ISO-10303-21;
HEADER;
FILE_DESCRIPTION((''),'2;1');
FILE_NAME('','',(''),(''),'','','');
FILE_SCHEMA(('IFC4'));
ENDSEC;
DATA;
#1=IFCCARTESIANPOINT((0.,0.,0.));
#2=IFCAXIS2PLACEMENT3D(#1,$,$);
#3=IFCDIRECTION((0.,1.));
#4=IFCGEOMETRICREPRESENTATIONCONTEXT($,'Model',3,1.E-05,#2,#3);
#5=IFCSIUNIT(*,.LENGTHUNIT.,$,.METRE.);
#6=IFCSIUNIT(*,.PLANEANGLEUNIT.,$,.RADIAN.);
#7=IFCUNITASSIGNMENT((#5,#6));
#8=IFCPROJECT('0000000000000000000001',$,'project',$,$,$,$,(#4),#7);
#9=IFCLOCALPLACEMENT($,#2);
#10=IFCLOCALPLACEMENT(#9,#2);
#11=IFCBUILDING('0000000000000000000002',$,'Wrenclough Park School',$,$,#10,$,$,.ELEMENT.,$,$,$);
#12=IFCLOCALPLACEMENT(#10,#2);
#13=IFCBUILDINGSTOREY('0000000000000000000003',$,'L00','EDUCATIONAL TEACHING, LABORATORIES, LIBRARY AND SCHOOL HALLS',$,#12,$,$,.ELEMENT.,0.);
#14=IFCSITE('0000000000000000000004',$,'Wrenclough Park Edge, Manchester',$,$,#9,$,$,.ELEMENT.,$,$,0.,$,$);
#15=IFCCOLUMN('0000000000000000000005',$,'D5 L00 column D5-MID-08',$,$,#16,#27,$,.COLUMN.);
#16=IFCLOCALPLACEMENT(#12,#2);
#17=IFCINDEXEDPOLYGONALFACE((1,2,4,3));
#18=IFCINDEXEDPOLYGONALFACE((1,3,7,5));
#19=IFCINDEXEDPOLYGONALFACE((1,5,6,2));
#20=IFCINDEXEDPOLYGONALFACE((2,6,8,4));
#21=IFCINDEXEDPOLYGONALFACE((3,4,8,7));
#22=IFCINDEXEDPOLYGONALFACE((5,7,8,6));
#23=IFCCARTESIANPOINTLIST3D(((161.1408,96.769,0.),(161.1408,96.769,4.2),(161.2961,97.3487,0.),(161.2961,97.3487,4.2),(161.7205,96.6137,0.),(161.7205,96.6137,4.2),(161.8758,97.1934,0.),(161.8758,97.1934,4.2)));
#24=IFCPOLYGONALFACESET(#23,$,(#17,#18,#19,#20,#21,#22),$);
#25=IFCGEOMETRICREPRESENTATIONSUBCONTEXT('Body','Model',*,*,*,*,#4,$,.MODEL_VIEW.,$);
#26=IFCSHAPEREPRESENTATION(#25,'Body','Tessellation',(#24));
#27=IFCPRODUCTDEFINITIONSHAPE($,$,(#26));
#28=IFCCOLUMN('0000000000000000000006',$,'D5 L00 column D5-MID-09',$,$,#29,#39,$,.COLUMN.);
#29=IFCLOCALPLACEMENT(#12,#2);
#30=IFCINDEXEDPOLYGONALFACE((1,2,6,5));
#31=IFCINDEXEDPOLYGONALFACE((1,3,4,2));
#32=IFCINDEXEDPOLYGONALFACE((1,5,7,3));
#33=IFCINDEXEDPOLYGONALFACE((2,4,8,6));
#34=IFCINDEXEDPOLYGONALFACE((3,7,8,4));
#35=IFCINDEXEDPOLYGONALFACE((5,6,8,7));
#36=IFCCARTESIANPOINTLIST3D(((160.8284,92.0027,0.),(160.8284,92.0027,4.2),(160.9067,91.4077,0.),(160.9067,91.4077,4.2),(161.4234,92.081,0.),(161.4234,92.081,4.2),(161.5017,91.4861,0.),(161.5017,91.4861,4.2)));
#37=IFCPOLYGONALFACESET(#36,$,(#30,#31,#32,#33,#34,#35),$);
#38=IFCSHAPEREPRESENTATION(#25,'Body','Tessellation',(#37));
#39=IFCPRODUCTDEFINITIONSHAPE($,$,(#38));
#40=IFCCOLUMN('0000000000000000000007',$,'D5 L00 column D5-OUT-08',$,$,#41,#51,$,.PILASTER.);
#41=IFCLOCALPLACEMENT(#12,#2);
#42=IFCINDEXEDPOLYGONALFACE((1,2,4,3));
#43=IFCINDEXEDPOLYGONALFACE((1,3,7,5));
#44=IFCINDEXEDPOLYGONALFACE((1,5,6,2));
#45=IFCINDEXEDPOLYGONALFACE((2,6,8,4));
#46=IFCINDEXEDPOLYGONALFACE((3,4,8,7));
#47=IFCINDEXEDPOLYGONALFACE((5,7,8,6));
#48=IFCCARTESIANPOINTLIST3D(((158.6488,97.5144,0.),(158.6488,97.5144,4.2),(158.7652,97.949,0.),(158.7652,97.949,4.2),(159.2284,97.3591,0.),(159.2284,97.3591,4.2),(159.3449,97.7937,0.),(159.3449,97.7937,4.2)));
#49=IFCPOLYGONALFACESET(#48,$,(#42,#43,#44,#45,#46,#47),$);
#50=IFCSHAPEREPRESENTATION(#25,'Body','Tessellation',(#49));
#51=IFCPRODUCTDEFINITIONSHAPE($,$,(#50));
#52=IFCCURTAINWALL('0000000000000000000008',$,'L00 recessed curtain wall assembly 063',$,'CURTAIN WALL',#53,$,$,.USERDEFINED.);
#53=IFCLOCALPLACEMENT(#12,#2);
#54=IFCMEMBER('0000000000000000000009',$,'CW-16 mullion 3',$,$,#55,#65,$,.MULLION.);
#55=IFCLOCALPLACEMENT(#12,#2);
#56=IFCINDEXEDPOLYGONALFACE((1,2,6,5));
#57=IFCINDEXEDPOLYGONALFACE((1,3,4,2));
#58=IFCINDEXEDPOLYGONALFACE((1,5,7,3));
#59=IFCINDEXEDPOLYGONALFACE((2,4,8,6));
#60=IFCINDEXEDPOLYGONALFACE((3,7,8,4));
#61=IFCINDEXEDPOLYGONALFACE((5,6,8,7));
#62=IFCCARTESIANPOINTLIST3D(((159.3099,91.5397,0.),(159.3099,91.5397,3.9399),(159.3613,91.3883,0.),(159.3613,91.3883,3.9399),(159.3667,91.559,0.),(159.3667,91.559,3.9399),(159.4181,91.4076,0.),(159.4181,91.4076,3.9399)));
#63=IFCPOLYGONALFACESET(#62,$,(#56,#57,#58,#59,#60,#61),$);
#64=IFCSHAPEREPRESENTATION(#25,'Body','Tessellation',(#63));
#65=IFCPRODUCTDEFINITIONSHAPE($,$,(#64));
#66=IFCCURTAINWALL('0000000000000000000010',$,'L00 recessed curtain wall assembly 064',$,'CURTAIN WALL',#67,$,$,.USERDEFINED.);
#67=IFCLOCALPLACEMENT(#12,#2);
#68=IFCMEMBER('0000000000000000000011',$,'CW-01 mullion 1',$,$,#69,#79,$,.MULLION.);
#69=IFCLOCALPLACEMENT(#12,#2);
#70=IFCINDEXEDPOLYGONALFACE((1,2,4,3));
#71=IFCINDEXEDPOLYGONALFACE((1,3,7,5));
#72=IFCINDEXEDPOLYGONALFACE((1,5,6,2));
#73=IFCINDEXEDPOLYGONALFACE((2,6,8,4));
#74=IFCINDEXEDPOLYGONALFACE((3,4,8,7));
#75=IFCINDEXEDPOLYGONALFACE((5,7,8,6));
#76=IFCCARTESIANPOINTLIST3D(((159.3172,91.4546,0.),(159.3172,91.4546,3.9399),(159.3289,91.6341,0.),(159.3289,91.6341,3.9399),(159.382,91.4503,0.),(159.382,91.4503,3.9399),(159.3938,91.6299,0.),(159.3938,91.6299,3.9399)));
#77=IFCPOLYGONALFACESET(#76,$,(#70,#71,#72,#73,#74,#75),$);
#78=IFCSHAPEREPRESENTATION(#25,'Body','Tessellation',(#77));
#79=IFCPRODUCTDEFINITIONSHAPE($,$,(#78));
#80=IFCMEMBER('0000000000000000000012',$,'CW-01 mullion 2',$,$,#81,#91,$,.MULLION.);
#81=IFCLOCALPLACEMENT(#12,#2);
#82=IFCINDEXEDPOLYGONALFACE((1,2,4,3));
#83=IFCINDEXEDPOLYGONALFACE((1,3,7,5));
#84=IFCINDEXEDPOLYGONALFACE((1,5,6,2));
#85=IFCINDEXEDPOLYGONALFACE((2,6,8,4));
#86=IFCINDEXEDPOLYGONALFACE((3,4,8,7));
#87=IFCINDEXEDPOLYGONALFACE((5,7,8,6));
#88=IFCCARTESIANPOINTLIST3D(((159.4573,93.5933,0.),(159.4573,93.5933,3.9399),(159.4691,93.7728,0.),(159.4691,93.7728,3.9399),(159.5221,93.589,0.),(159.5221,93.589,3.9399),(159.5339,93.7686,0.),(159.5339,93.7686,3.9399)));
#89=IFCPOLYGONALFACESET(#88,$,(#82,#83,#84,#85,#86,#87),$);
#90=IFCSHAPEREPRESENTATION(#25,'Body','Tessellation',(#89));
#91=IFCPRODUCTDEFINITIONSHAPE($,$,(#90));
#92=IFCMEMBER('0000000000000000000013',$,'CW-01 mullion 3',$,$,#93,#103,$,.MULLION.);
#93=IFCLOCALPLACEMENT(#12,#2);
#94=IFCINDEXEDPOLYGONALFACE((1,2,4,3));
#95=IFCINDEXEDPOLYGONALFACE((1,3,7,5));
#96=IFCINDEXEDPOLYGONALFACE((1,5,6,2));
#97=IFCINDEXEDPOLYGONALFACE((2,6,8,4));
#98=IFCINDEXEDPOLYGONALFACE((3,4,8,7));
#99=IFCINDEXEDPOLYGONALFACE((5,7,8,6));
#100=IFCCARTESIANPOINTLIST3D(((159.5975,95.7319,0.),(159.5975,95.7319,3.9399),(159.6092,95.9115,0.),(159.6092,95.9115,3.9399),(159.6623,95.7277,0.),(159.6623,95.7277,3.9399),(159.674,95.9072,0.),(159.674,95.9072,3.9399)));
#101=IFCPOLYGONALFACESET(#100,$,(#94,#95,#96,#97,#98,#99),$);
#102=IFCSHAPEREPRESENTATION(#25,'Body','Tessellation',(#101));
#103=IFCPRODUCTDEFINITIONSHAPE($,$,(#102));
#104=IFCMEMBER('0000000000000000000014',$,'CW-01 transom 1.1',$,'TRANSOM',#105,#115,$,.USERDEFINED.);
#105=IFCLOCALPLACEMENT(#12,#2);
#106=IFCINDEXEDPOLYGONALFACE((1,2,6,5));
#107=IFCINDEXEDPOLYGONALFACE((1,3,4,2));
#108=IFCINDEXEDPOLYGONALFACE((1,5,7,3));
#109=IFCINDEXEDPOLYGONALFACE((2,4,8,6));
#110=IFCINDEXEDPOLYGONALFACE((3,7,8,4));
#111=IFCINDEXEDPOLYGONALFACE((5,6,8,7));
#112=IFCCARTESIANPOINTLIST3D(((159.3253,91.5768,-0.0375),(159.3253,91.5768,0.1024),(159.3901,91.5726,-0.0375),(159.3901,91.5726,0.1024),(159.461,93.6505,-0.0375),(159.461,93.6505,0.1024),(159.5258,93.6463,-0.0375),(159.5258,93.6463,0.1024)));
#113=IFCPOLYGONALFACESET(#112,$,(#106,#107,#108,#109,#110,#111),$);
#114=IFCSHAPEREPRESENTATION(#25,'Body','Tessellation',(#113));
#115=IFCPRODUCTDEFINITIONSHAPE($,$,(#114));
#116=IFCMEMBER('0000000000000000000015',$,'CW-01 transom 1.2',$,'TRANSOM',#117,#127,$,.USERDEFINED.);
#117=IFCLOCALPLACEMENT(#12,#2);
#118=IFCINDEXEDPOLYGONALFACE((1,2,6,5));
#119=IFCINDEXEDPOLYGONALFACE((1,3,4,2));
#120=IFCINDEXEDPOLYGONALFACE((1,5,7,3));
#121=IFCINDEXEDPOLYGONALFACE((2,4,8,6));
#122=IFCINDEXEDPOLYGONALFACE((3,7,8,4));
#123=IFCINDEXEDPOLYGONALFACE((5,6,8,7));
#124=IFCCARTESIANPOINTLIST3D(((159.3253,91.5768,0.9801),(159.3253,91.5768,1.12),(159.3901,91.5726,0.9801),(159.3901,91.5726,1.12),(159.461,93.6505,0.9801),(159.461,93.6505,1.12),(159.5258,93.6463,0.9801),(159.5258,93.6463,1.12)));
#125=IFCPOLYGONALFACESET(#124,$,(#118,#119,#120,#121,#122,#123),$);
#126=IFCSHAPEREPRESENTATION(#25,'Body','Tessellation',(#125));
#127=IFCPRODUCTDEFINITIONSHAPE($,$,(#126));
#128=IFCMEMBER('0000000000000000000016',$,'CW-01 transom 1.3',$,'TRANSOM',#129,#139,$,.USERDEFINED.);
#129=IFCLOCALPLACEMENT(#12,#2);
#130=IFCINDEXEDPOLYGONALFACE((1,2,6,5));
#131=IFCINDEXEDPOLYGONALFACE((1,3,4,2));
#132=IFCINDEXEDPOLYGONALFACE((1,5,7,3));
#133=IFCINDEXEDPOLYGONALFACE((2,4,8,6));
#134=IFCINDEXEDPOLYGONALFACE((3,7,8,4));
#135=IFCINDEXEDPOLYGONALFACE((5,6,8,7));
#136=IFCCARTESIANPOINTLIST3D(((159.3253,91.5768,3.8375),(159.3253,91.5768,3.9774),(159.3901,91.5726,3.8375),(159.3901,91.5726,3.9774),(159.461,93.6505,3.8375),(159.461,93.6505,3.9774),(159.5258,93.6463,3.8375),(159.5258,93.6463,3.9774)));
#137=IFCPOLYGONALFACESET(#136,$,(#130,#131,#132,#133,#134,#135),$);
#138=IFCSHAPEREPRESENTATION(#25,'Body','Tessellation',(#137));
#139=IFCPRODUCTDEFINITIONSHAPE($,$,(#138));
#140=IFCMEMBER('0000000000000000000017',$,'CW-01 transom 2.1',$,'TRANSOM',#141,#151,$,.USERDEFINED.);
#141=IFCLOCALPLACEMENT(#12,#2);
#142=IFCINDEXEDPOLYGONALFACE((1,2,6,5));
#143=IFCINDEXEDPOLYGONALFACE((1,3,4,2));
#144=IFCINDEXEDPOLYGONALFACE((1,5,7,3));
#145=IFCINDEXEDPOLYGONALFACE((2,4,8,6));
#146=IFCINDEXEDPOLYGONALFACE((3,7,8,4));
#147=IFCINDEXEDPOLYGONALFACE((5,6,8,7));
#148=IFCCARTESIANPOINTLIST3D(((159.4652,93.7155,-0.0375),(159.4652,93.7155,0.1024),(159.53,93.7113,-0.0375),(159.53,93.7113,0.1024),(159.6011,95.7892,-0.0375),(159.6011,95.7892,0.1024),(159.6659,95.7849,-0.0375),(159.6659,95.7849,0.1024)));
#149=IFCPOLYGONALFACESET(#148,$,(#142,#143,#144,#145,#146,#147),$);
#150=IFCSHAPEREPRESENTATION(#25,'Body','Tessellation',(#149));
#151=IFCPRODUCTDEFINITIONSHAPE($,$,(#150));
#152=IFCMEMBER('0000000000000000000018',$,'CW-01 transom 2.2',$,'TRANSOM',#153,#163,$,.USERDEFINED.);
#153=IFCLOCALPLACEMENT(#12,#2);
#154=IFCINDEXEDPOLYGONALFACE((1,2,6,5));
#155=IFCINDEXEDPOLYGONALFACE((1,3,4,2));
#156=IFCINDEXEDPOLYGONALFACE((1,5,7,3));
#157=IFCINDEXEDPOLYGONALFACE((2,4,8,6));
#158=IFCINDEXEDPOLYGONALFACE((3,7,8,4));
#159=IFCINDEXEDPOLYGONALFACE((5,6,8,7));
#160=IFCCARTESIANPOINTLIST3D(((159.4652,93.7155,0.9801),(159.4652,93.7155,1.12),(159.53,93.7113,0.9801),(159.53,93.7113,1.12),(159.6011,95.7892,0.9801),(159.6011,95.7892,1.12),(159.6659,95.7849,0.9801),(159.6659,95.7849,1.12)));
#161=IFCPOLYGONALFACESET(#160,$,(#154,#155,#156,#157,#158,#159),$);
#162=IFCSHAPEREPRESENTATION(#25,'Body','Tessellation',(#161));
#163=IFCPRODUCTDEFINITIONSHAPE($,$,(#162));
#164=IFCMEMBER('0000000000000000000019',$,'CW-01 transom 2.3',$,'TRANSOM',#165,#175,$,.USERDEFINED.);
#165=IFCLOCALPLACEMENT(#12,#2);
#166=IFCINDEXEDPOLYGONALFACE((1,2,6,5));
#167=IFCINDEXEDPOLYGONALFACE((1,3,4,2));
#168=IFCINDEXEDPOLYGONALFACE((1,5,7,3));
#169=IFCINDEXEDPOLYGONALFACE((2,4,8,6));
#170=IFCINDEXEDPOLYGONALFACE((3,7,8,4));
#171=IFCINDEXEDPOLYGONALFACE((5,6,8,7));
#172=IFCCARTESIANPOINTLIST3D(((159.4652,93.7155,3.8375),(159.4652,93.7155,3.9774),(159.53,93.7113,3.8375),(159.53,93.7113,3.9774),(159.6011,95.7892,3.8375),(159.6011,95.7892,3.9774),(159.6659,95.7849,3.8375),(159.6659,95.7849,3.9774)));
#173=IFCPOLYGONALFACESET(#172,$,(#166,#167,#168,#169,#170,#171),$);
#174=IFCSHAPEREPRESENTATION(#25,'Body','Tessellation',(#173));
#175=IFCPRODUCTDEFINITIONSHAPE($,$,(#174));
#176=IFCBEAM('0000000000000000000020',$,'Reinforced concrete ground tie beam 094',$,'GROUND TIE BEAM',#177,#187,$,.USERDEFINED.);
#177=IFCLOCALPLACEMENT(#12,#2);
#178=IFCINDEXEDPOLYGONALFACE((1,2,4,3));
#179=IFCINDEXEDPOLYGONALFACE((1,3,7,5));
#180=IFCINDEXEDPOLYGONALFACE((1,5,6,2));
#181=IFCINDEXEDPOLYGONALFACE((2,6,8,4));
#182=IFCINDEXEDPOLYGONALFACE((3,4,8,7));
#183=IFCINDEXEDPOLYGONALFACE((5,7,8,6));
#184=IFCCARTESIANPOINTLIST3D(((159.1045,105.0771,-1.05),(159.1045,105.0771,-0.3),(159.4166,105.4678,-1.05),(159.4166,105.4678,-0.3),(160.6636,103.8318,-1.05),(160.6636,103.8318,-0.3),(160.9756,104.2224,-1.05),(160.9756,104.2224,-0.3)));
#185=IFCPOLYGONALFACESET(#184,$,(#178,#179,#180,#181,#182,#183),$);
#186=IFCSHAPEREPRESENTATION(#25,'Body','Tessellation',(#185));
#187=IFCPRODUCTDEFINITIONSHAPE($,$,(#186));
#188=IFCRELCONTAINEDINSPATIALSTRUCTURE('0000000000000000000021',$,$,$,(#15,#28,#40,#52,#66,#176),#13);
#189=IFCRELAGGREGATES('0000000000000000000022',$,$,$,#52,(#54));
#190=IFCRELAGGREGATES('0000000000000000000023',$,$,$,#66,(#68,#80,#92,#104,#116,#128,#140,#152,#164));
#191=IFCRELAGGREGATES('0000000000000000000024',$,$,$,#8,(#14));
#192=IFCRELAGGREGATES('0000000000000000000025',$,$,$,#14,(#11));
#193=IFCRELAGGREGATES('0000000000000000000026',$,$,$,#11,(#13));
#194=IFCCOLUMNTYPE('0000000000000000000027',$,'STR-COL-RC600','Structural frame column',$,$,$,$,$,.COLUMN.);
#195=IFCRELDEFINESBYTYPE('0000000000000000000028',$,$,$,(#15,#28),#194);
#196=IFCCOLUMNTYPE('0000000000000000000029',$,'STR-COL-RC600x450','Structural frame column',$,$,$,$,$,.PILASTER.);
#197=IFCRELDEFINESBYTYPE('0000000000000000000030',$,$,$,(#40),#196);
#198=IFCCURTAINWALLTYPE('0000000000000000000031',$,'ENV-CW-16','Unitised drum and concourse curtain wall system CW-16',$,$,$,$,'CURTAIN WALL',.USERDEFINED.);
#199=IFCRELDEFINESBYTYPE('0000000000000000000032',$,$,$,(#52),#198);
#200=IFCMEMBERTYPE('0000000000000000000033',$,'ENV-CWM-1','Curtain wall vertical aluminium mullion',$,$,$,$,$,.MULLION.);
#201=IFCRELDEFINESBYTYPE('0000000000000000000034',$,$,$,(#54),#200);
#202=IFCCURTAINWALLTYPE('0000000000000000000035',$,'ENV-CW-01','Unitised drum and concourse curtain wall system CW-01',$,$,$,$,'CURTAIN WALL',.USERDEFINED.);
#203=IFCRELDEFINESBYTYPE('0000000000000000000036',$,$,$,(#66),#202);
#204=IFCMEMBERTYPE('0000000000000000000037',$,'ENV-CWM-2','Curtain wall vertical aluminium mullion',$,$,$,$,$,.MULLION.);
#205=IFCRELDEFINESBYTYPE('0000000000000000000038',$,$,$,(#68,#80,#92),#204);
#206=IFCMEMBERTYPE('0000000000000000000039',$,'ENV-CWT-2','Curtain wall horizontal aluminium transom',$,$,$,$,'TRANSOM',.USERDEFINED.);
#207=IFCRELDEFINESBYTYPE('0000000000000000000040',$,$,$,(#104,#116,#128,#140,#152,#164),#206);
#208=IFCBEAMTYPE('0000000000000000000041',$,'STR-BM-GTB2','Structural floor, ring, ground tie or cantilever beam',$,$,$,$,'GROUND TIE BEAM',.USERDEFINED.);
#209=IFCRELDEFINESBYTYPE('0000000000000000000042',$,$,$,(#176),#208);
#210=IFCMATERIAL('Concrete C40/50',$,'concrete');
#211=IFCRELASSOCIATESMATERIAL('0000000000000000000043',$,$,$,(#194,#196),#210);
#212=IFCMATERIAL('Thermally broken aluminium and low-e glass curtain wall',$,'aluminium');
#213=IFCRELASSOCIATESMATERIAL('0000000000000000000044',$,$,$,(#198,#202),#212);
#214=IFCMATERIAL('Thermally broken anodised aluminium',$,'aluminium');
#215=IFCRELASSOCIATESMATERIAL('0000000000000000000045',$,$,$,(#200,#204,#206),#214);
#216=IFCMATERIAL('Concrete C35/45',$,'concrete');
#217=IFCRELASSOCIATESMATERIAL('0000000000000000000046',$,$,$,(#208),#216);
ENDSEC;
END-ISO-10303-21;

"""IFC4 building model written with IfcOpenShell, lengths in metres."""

from ifc_helpers import new_model, si_unit, direction, frame, origin, origin_2d, place, context, subcontext, project, spatial, rectangle, extrude, material, material_profile, profile_set, type_object, element, aggregate, save


model = new_model("IFC4")

# Units and contexts
model_context = context("Model", 3, precision=1e-05, world=origin(), true_north=direction((0.0, 1.0)))
body_context = subcontext(model_context, "Body", "Model", "MODEL_VIEW")
ifc_project = project(units=[si_unit("LENGTHUNIT", "METRE"), si_unit("PLANEANGLEUNIT", "RADIAN")], contexts=[model_context])

# Site, building, storey
site_placement = place(None, origin())
site = spatial("IfcSite", under=ifc_project, at=site_placement, Name="Wrenclough Park Edge, Manchester", CompositionType="ELEMENT", RefElevation=0.0)
building_placement = place(site_placement, origin())
building = spatial("IfcBuilding", under=site, at=building_placement, Name="Wrenclough Park School", CompositionType="ELEMENT")
storey_placement = place(building_placement, origin())
storey = spatial("IfcBuildingStorey", under=building, at=storey_placement, Name="L00", Description="EDUCATIONAL TEACHING, LABORATORIES, LIBRARY AND SCHOOL HALLS", CompositionType="ELEMENT", Elevation=0.0)

# Shared definitions
ifc_material_1 = material(Name="Concrete C35/45", Category="concrete")

# Columns
ifc_material_2 = material(Name="Concrete C40/50", Category="concrete")
ifc_material_profile_1 = material_profile(ifc_material_2, rectangle(XDim=0.6001, YDim=0.6001, at=origin_2d()), Name="RC COL 600x600")
ifc_profile_set_1 = profile_set([ifc_material_profile_1], Name="Concrete C40/50")
column_type_1 = type_object("IfcColumnType", Name="STR-COL-RC600", Description="Structural frame column", PredefinedType="COLUMN", material=ifc_profile_set_1)
for number, where, z_axis, x_axis, name in (
    (1, (161.5083, 96.9812, 0.0), (0.0, 0.0, 1.0), (-0.258819, -0.965926, 0.0), "D5 L00 column D5-MID-08"),
    (2, (161.165, 91.7444, 0.0), (0.0, 0.0, 1.0), (0.130526, -0.991445, 0.0), "D5 L00 column D5-MID-09"),
):
    element("IfcColumn", number, at=place(storey_placement, frame(where, z_axis=z_axis, x_axis=x_axis)), inside=storey, type_object=column_type_1, Name=name, PredefinedType="COLUMN", context=body_context, shape_type="SweptSolid", body=[
        extrude(rectangle(XDim=0.6001, YDim=0.6001, at=origin_2d()), origin(), (0.0, 0.0, 1.0), 4.2),
    ])
ifc_material_profile_2 = material_profile(ifc_material_2, rectangle(XDim=0.45, YDim=0.6001, at=origin_2d()), Name="RC COL 600x450")
ifc_profile_set_2 = profile_set([ifc_material_profile_2], Name="Concrete C40/50")
column_type_2 = type_object("IfcColumnType", Name="STR-COL-RC600x450", Description="Structural frame column", PredefinedType="PILASTER", material=ifc_profile_set_2)
column_placement = place(storey_placement, frame((158.9968, 97.6541, 0.0), z_axis=(0.0, 0.0, 1.0), x_axis=(-0.258819, -0.965926, 0.0)))
element("IfcColumn", 3, at=column_placement, inside=storey, type_object=column_type_2, Name="D5 L00 column D5-OUT-08", PredefinedType="PILASTER", context=body_context, shape_type="SweptSolid", body=[
    extrude(rectangle(XDim=0.45, YDim=0.6001, at=origin_2d()), origin(), (0.0, 0.0, 1.0), 4.2),
])

# Curtain wall, member
ifc_material_3 = material(Name="Thermally broken aluminium and low-e glass curtain wall", Category="aluminium")
curtain_wall_type_1 = type_object("IfcCurtainWallType", Name="ENV-CW-16", Description="Unitised drum and concourse curtain wall system CW-16", ElementType="CURTAIN WALL", PredefinedType="USERDEFINED", material=ifc_material_3)
curtain_wall_1_placement = place(storey_placement, origin())
curtain_wall_1 = element("IfcCurtainWall", 4, at=curtain_wall_1_placement, inside=storey, type_object=curtain_wall_type_1, Name="L00 recessed curtain wall assembly 063", ObjectType="CURTAIN WALL", PredefinedType="USERDEFINED")
ifc_material_4 = material(Name="Thermally broken anodised aluminium", Category="aluminium")
ifc_material_profile_3 = material_profile(ifc_material_4, rectangle(XDim=0.0601, YDim=0.1599, at=origin_2d()), Name="AL MULLION 60x160")
ifc_profile_set_3 = profile_set([ifc_material_profile_3], Name="Thermally broken anodised aluminium")
member_type_1 = type_object("IfcMemberType", Name="ENV-CWM-1", Description="Curtain wall vertical aluminium mullion", PredefinedType="MULLION", material=ifc_profile_set_3)
member_1_placement = place(storey_placement, frame((159.364, 91.4736, 0.0), z_axis=(0.0, 0.0, 1.0), x_axis=(-0.946934, -0.321429, 0.0)))
member_1 = element("IfcMember", 5, at=member_1_placement, type_object=member_type_1, Name="CW-16 mullion 3", PredefinedType="MULLION", context=body_context, shape_type="SweptSolid", body=[
    extrude(rectangle(XDim=0.0601, YDim=0.1599, at=origin_2d()), origin(), (0.0, 0.0, 1.0), 3.9399),
])
aggregate(curtain_wall_1, [member_1])

# Curtain wall, members
curtain_wall_type_2 = type_object("IfcCurtainWallType", Name="ENV-CW-01", Description="Unitised drum and concourse curtain wall system CW-01", ElementType="CURTAIN WALL", PredefinedType="USERDEFINED", material=ifc_material_3)
curtain_wall_2_placement = place(storey_placement, origin())
curtain_wall_2 = element("IfcCurtainWall", 6, at=curtain_wall_2_placement, inside=storey, type_object=curtain_wall_type_2, Name="L00 recessed curtain wall assembly 064", ObjectType="CURTAIN WALL", PredefinedType="USERDEFINED")
ifc_material_profile_4 = material_profile(ifc_material_4, rectangle(XDim=0.0649, YDim=0.1799, at=origin_2d()), Name="AL MULLION 65x180")
ifc_profile_set_4 = profile_set([ifc_material_profile_4], Name="Thermally broken anodised aluminium")
member_type_2 = type_object("IfcMemberType", Name="ENV-CWM-2", Description="Curtain wall vertical aluminium mullion", PredefinedType="MULLION", material=ifc_profile_set_4)
member_2_placement = place(storey_placement, frame((159.3555, 91.5422, 0.0), z_axis=(0.0, 0.0, 1.0), x_axis=(-0.99786, 0.065383, 0.0)))
member_2 = element("IfcMember", 7, at=member_2_placement, type_object=member_type_2, Name="CW-01 mullion 1", PredefinedType="MULLION", context=body_context, shape_type="SweptSolid", body=[
    extrude(rectangle(XDim=0.0649, YDim=0.1799, at=origin_2d()), origin(), (0.0, 0.0, 1.0), 3.9399),
])
member_3_placement = place(storey_placement, frame((159.4956, 93.6809, 0.0), z_axis=(0.0, 0.0, 1.0), x_axis=(-0.99786, 0.065383, 0.0)))
member_3 = element("IfcMember", 8, at=member_3_placement, type_object=member_type_2, Name="CW-01 mullion 2", PredefinedType="MULLION", context=body_context, shape_type="SweptSolid", body=[
    extrude(rectangle(XDim=0.0649, YDim=0.1799, at=origin_2d()), origin(), (0.0, 0.0, 1.0), 3.9399),
])
member_4_placement = place(storey_placement, frame((159.6357, 95.8196, 0.0), z_axis=(0.0, 0.0, 1.0), x_axis=(-0.99786, 0.065383, 0.0)))
member_4 = element("IfcMember", 9, at=member_4_placement, type_object=member_type_2, Name="CW-01 mullion 3", PredefinedType="MULLION", context=body_context, shape_type="SweptSolid", body=[
    extrude(rectangle(XDim=0.0649, YDim=0.1799, at=origin_2d()), origin(), (0.0, 0.0, 1.0), 3.9399),
])
ifc_material_profile_5 = material_profile(ifc_material_4, rectangle(XDim=0.0649, YDim=0.1399, at=origin_2d()), Name="AL TRANSOM 65x140")
ifc_profile_set_5 = profile_set([ifc_material_profile_5], Name="Thermally broken anodised aluminium")
member_type_3 = type_object("IfcMemberType", Name="ENV-CWT-2", Description="Curtain wall horizontal aluminium transom", ElementType="TRANSOM", PredefinedType="USERDEFINED", material=ifc_profile_set_5)
member_5_placement = place(storey_placement, frame((159.3577, 91.5747, 0.0325), z_axis=(0.065318, 0.997864, 0.0), x_axis=(-0.997864, 0.065318, 0.0)))
member_5 = element("IfcMember", 10, at=member_5_placement, type_object=member_type_3, Name="CW-01 transom 1.1", ObjectType="TRANSOM", PredefinedType="USERDEFINED", context=body_context, shape_type="SweptSolid", body=[
    extrude(rectangle(XDim=0.0649, YDim=0.1399, at=origin_2d()), origin(), (0.0, 0.0, 1.0), 2.0781),
])
member_6_placement = place(storey_placement, frame((159.3577, 91.5747, 1.05), z_axis=(0.065318, 0.997864, 0.0), x_axis=(-0.997864, 0.065318, 0.0)))
member_6 = element("IfcMember", 11, at=member_6_placement, type_object=member_type_3, Name="CW-01 transom 1.2", ObjectType="TRANSOM", PredefinedType="USERDEFINED", context=body_context, shape_type="SweptSolid", body=[
    extrude(rectangle(XDim=0.0649, YDim=0.1399, at=origin_2d()), origin(), (0.0, 0.0, 1.0), 2.0781),
])
member_7_placement = place(storey_placement, frame((159.3577, 91.5747, 3.9075), z_axis=(0.065318, 0.997864, 0.0), x_axis=(-0.997864, 0.065318, 0.0)))
member_7 = element("IfcMember", 12, at=member_7_placement, type_object=member_type_3, Name="CW-01 transom 1.3", ObjectType="TRANSOM", PredefinedType="USERDEFINED", context=body_context, shape_type="SweptSolid", body=[
    extrude(rectangle(XDim=0.0649, YDim=0.1399, at=origin_2d()), origin(), (0.0, 0.0, 1.0), 2.0781),
])
member_8_placement = place(storey_placement, frame((159.4976, 93.7134, 0.0325), z_axis=(0.065435, 0.997857, 0.0), x_axis=(-0.997857, 0.065435, 0.0)))
member_8 = element("IfcMember", 13, at=member_8_placement, type_object=member_type_3, Name="CW-01 transom 2.1", ObjectType="TRANSOM", PredefinedType="USERDEFINED", context=body_context, shape_type="SweptSolid", body=[
    extrude(rectangle(XDim=0.0649, YDim=0.1399, at=origin_2d()), origin(), (0.0, 0.0, 1.0), 2.0781),
])
member_9_placement = place(storey_placement, frame((159.4976, 93.7134, 1.05), z_axis=(0.065435, 0.997857, 0.0), x_axis=(-0.997857, 0.065435, 0.0)))
member_9 = element("IfcMember", 14, at=member_9_placement, type_object=member_type_3, Name="CW-01 transom 2.2", ObjectType="TRANSOM", PredefinedType="USERDEFINED", context=body_context, shape_type="SweptSolid", body=[
    extrude(rectangle(XDim=0.0649, YDim=0.1399, at=origin_2d()), origin(), (0.0, 0.0, 1.0), 2.0781),
])
member_10_placement = place(storey_placement, frame((159.4976, 93.7134, 3.9075), z_axis=(0.065435, 0.997857, 0.0), x_axis=(-0.997857, 0.065435, 0.0)))
member_10 = element("IfcMember", 15, at=member_10_placement, type_object=member_type_3, Name="CW-01 transom 2.3", ObjectType="TRANSOM", PredefinedType="USERDEFINED", context=body_context, shape_type="SweptSolid", body=[
    extrude(rectangle(XDim=0.0649, YDim=0.1399, at=origin_2d()), origin(), (0.0, 0.0, 1.0), 2.0781),
])

# Beam
ifc_material_profile_6 = material_profile(ifc_material_1, rectangle(XDim=0.5, YDim=0.75, at=origin_2d()), Name="RC GROUND 500x750")
ifc_profile_set_6 = profile_set([ifc_material_profile_6], Name="Concrete C35/45")
beam_type = type_object("IfcBeamType", Name="STR-BM-GTB2", Description="Structural floor, ring, ground tie or cantilever beam", ElementType="GROUND TIE BEAM", PredefinedType="USERDEFINED", material=ifc_profile_set_6)
beam_1_placement = place(storey_placement, frame((160.8196, 104.0271, -0.675), z_axis=(-0.781334, 0.624113, 0.0), x_axis=(-0.624113, -0.781334, 0.0)))
element("IfcBeam", 16, at=beam_1_placement, inside=storey, type_object=beam_type, Name="Reinforced concrete ground tie beam 094", ObjectType="GROUND TIE BEAM", PredefinedType="USERDEFINED", context=body_context, shape_type="SweptSolid", body=[
    extrude(rectangle(XDim=0.5, YDim=0.75, at=origin_2d()), origin(), (0.0, 0.0, 1.0), 1.9954),
])

aggregate(curtain_wall_2, [member_2, member_3, member_4, member_5, member_6, member_7, member_8, member_9, member_10])

save(model, "model.ifc")
